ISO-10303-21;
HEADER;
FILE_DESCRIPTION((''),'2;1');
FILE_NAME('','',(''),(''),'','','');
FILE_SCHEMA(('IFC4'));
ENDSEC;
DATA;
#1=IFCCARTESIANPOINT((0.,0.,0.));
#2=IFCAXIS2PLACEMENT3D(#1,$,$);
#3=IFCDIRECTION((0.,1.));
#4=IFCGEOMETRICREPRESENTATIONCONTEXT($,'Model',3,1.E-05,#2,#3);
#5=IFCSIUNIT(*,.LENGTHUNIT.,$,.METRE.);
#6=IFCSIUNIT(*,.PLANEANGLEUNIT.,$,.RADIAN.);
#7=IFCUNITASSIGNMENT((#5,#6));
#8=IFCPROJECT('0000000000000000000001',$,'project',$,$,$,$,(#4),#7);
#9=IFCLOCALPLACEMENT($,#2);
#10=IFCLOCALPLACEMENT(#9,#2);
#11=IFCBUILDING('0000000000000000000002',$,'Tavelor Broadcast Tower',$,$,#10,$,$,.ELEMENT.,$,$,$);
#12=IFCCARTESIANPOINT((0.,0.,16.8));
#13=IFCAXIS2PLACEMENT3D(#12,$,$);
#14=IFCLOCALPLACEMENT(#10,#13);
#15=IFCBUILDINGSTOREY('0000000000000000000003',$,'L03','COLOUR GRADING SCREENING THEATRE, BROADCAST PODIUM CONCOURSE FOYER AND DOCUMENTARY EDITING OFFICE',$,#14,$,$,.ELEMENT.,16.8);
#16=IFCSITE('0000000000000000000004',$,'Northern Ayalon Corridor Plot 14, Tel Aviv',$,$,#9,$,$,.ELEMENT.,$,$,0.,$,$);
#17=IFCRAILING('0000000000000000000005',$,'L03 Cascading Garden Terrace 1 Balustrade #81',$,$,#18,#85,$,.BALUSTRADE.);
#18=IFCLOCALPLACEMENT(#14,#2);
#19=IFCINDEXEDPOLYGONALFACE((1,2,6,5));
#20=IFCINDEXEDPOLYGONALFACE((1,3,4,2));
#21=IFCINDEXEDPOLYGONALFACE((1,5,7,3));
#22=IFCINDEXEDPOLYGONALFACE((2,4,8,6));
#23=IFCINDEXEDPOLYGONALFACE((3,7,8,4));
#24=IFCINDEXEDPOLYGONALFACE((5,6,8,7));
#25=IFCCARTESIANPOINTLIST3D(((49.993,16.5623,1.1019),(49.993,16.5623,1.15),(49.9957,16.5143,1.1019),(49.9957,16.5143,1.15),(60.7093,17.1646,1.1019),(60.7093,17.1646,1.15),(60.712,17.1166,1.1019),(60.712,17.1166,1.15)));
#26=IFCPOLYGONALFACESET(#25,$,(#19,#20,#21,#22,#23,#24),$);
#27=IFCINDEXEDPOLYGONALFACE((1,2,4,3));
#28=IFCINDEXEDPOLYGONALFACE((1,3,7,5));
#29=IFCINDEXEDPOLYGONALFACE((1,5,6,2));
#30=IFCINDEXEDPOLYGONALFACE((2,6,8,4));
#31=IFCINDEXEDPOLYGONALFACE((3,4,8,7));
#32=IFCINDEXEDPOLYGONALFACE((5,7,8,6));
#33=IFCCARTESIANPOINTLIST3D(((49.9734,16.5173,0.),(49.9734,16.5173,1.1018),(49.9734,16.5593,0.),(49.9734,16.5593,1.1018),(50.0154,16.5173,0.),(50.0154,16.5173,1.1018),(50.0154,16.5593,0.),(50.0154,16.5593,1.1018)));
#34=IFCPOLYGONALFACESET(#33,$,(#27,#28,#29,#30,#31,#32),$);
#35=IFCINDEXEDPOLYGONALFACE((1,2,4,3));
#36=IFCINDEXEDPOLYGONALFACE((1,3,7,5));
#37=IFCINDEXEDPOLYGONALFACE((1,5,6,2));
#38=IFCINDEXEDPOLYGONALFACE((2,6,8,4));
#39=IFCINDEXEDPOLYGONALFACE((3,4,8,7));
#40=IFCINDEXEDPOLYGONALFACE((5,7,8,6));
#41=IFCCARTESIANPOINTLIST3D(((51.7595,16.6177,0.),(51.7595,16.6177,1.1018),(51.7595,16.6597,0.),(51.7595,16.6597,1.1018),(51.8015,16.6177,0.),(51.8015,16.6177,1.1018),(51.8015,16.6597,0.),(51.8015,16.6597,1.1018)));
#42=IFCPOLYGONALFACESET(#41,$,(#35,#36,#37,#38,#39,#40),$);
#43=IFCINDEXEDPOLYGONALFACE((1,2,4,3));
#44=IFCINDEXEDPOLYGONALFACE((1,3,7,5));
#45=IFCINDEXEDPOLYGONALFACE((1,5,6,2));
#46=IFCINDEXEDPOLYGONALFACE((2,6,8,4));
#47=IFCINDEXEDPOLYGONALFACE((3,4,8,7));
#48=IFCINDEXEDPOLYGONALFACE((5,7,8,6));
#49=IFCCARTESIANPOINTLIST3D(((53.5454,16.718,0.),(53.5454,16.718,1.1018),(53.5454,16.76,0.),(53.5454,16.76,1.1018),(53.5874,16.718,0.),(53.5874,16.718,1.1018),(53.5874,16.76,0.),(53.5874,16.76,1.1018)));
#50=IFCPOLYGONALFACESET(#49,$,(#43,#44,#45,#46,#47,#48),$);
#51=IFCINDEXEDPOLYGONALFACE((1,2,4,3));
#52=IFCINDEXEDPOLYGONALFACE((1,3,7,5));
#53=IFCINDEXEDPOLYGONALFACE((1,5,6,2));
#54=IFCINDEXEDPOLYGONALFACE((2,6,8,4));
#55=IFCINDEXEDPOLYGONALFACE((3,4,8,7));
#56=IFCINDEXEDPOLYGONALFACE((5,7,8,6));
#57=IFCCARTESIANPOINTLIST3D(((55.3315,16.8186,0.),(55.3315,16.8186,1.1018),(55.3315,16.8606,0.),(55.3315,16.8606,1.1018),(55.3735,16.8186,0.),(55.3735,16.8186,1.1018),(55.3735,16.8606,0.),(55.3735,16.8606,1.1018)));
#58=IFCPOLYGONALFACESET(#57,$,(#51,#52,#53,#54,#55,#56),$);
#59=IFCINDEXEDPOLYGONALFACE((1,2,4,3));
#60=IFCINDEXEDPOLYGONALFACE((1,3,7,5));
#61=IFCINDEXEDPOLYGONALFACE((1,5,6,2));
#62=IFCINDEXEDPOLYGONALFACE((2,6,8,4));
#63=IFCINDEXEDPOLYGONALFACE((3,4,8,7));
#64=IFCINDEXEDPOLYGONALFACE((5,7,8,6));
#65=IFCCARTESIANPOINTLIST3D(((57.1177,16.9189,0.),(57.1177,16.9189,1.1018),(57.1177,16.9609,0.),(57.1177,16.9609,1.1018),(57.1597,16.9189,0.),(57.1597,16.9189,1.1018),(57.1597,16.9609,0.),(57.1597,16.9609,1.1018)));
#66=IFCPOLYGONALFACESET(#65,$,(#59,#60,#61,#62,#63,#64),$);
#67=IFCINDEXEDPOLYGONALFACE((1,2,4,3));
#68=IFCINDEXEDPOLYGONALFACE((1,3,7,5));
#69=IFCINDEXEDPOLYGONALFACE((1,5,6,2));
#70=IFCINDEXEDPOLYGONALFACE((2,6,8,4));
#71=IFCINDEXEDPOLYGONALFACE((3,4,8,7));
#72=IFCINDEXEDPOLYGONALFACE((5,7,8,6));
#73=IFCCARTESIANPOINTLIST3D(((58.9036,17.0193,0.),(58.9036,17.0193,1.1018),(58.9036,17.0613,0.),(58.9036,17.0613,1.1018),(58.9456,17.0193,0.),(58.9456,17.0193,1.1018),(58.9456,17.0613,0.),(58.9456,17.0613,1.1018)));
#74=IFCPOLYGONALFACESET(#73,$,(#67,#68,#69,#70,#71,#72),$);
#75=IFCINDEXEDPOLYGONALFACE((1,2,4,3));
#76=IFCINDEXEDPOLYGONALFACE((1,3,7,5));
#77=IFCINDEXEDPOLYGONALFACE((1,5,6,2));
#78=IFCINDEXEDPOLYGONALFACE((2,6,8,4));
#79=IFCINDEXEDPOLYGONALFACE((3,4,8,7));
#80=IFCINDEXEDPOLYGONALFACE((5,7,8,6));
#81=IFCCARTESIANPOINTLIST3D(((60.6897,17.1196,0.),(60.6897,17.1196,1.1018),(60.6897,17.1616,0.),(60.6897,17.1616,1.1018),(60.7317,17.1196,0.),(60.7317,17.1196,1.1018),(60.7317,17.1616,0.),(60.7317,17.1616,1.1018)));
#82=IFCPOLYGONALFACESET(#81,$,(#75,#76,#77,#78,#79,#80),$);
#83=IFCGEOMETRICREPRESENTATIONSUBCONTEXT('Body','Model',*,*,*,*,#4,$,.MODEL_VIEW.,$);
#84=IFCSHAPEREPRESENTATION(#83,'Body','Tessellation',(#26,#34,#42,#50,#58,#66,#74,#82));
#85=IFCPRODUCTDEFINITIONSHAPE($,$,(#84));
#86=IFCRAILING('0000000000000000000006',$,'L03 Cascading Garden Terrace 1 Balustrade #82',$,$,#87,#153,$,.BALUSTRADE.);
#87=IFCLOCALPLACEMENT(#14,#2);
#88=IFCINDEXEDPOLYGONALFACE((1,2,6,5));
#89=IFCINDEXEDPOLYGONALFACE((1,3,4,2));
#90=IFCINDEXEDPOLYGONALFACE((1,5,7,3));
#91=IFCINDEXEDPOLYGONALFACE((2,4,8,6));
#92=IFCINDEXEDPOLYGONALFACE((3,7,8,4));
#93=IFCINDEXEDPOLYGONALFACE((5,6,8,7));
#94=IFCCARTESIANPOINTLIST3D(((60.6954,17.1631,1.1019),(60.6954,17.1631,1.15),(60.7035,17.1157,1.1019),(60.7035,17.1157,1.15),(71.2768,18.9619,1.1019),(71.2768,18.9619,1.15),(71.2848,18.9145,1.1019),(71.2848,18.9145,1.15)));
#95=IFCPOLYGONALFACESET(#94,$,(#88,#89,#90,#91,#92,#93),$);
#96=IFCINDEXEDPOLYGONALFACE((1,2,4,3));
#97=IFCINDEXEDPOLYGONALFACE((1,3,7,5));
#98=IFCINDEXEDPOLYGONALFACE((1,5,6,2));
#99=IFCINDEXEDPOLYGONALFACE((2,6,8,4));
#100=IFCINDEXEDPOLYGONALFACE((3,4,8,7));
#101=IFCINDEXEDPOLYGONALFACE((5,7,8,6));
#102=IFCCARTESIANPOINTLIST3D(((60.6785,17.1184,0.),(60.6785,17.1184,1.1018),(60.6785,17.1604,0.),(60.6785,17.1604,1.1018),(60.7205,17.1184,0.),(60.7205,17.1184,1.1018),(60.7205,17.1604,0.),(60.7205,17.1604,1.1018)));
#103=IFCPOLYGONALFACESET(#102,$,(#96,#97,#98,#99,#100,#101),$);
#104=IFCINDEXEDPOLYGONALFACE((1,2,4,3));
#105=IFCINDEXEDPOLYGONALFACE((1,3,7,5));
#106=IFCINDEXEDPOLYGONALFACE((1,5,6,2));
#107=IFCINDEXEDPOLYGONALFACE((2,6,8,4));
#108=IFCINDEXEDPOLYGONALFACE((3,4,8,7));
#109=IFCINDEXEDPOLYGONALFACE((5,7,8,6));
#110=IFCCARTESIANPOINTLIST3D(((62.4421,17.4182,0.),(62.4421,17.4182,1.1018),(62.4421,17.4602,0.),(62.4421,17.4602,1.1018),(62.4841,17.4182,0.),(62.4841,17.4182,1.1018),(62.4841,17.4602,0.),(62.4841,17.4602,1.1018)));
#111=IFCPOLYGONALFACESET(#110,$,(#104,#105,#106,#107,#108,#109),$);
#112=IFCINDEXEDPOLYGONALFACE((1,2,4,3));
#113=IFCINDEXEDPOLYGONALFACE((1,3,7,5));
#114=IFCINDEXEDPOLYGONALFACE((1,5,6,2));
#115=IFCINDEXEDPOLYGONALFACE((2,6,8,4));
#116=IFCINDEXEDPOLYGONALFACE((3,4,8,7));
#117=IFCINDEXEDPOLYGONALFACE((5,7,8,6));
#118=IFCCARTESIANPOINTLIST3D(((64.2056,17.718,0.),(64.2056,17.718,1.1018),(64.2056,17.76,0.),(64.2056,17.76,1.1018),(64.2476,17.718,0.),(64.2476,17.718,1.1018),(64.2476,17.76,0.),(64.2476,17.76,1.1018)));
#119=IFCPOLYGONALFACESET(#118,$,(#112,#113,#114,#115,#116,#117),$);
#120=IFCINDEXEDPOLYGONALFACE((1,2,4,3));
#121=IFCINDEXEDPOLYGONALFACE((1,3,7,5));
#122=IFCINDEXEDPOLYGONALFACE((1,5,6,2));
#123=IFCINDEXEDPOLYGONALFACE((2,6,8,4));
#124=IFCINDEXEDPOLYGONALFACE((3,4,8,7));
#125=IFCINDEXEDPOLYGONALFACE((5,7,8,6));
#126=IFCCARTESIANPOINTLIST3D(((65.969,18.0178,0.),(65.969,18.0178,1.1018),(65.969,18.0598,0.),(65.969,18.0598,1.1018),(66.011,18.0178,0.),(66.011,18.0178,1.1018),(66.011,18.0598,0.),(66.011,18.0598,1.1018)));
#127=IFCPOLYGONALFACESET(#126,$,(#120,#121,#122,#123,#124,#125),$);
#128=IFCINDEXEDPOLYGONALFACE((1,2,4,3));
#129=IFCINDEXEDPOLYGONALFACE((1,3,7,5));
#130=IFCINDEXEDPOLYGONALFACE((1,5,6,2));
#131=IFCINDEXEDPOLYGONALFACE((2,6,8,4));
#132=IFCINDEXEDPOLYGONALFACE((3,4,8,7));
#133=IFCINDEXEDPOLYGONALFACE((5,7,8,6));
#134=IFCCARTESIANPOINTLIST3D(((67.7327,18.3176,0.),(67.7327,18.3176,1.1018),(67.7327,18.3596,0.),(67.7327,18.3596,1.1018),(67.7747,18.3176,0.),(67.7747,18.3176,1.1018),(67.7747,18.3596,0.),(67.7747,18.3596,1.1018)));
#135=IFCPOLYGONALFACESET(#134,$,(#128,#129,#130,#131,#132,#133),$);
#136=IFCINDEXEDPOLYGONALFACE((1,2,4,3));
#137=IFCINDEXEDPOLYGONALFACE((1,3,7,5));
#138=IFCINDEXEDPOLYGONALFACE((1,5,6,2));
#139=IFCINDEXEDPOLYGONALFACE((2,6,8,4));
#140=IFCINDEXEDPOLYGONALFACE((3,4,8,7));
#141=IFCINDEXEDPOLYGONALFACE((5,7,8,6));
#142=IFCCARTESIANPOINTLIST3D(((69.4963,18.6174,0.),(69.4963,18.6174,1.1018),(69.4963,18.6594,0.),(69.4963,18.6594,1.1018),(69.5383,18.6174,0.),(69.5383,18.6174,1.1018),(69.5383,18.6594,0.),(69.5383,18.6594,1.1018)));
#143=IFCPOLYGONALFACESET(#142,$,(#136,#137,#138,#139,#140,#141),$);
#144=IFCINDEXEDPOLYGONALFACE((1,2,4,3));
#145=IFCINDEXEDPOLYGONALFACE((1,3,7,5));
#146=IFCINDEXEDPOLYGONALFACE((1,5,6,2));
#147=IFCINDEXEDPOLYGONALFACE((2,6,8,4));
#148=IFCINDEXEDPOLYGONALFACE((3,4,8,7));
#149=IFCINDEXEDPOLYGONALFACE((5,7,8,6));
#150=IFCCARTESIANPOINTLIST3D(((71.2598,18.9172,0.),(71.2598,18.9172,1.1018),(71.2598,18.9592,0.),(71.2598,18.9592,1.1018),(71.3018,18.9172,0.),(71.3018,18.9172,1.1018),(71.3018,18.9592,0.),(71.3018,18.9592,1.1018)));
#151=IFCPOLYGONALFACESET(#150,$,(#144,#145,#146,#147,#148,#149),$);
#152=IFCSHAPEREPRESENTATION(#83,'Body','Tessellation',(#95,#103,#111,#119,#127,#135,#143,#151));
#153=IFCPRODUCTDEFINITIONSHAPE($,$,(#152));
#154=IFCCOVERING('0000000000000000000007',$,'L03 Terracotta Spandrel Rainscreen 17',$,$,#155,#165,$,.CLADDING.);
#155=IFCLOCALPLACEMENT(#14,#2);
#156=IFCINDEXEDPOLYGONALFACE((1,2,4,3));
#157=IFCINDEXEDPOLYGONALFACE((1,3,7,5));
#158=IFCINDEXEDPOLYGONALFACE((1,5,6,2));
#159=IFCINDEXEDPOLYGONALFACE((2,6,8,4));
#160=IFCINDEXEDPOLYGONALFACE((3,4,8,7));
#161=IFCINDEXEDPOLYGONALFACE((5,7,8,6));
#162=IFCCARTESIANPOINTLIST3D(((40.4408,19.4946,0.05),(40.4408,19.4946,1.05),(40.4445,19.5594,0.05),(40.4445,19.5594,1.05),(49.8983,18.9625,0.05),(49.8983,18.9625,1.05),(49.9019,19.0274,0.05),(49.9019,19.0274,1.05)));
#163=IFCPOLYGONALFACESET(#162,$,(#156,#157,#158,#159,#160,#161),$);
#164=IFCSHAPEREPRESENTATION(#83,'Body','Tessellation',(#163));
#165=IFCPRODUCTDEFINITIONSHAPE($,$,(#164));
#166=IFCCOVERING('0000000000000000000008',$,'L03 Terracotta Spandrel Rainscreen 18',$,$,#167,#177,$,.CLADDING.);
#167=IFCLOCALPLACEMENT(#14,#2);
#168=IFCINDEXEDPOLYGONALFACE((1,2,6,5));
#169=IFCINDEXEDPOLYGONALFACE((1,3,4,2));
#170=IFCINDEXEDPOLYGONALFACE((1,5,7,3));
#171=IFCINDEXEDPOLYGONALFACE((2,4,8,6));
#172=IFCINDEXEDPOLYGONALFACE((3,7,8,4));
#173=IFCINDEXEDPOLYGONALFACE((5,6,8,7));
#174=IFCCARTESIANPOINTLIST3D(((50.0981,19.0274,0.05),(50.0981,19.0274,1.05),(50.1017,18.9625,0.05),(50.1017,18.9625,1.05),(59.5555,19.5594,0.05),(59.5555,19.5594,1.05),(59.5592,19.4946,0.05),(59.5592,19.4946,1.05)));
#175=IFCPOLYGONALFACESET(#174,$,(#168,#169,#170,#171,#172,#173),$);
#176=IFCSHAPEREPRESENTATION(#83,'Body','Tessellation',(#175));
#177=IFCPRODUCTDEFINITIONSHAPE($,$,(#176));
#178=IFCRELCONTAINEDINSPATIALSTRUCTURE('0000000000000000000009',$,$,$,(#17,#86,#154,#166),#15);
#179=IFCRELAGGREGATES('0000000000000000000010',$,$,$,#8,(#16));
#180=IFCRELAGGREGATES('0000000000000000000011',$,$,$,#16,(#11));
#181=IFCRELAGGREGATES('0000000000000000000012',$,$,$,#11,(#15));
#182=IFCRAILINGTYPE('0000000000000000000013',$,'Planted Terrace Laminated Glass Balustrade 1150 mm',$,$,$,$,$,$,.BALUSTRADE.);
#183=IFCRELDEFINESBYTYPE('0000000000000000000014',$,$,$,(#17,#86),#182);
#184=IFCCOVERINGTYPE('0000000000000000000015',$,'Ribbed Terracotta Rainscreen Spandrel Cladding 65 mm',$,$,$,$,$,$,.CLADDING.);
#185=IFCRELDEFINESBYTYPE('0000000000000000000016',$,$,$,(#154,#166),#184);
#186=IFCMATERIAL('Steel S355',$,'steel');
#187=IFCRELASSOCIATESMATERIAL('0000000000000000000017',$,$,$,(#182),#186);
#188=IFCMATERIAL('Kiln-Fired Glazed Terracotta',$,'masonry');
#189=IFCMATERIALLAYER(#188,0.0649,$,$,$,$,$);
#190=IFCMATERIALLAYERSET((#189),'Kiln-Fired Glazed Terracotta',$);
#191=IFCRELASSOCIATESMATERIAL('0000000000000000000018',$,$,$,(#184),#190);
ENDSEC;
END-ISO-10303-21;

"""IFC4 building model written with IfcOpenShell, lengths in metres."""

from ifc_helpers import new_model, si_unit, direction, frame, origin, origin_2d, place, context, subcontext, project, spatial, rectangle, extrude, material, layer, layer_set, type_object, element, save


model = new_model("IFC4")

# Units and contexts
model_context = context("Model", 3, precision=1e-05, world=origin(), true_north=direction((0.0, 1.0)))
body_context = subcontext(model_context, "Body", "Model", "MODEL_VIEW")
ifc_project = project(units=[si_unit("LENGTHUNIT", "METRE"), si_unit("PLANEANGLEUNIT", "RADIAN")], contexts=[model_context])

# Site, building, storey
site_placement = place(None, origin())
site = spatial("IfcSite", under=ifc_project, at=site_placement, Name="Northern Ayalon Corridor Plot 14, Tel Aviv", CompositionType="ELEMENT", RefElevation=0.0)
building_placement = place(site_placement, origin())
building = spatial("IfcBuilding", under=site, at=building_placement, Name="Tavelor Broadcast Tower", CompositionType="ELEMENT")
storey_placement = place(building_placement, frame((0.0, 0.0, 16.8)))
storey = spatial("IfcBuildingStorey", under=building, at=storey_placement, Name="L03", Description="COLOUR GRADING SCREENING THEATRE, BROADCAST PODIUM CONCOURSE FOYER AND DOCUMENTARY EDITING OFFICE", CompositionType="ELEMENT", Elevation=16.8)

# Shared definitions
ifc_material_1 = material(Name="Steel S355", Category="steel")

# Railings
railing_type_1 = type_object("IfcRailingType", Name="Planted Terrace Laminated Glass Balustrade 1150 mm", PredefinedType="BALUSTRADE", material=ifc_material_1)
railing_1_placement = place(storey_placement, frame((49.9944, 16.5383, 0.0)))
element("IfcRailing", 1, at=railing_1_placement, inside=storey, type_object=railing_type_1, Name="L03 Cascading Garden Terrace 1 Balustrade #81", PredefinedType="BALUSTRADE", context=body_context, shape_type="SweptSolid", body=[
    extrude(rectangle(XDim=0.0481, YDim=0.0481, at=origin_2d()), frame((0.0, 0.0, 1.126), z_axis=(0.998424, 0.056115, 0.0), x_axis=(-0.056115, 0.998424, 0.0)), (0.0, 0.0, 1.0), 10.7332),
    extrude(rectangle(XDim=0.042, YDim=0.042, at=origin_2d()), origin(), (0.0, 0.0, 1.0), 1.1018),
    extrude(rectangle(XDim=0.042, YDim=0.042, at=origin_2d()), frame((1.7861, 0.1003, 0.0)), (0.0, 0.0, 1.0), 1.1018),
    extrude(rectangle(XDim=0.042, YDim=0.042, at=origin_2d()), frame((3.572, 0.2007, 0.0)), (0.0, 0.0, 1.0), 1.1018),
    extrude(rectangle(XDim=0.042, YDim=0.042, at=origin_2d()), frame((5.3582, 0.3013, 0.0)), (0.0, 0.0, 1.0), 1.1018),
    extrude(rectangle(XDim=0.042, YDim=0.042, at=origin_2d()), frame((7.1443, 0.4016, 0.0)), (0.0, 0.0, 1.0), 1.1018),
    extrude(rectangle(XDim=0.042, YDim=0.042, at=origin_2d()), frame((8.9302, 0.502, 0.0)), (0.0, 0.0, 1.0), 1.1018),
    extrude(rectangle(XDim=0.042, YDim=0.042, at=origin_2d()), frame((10.7163, 0.6023, 0.0)), (0.0, 0.0, 1.0), 1.1018),
])
railing_2_placement = place(storey_placement, frame((60.6995, 17.1394, 0.0)))
element("IfcRailing", 2, at=railing_2_placement, inside=storey, type_object=railing_type_1, Name="L03 Cascading Garden Terrace 1 Balustrade #82", PredefinedType="BALUSTRADE", context=body_context, shape_type="SweptSolid", body=[
    extrude(rectangle(XDim=0.0481, YDim=0.0481, at=origin_2d()), frame((0.0, 0.0, 1.126), z_axis=(0.985856, 0.167596, 0.0), x_axis=(-0.167596, 0.985856, 0.0)), (0.0, 0.0, 1.0), 10.7332),
    extrude(rectangle(XDim=0.042, YDim=0.042, at=origin_2d()), origin(), (0.0, 0.0, 1.0), 1.1018),
    extrude(rectangle(XDim=0.042, YDim=0.042, at=origin_2d()), frame((1.7637, 0.2998, 0.0)), (0.0, 0.0, 1.0), 1.1018),
    extrude(rectangle(XDim=0.042, YDim=0.042, at=origin_2d()), frame((3.5271, 0.5996, 0.0)), (0.0, 0.0, 1.0), 1.1018),
    extrude(rectangle(XDim=0.042, YDim=0.042, at=origin_2d()), frame((5.2905, 0.8994, 0.0)), (0.0, 0.0, 1.0), 1.1018),
    extrude(rectangle(XDim=0.042, YDim=0.042, at=origin_2d()), frame((7.0542, 1.1992, 0.0)), (0.0, 0.0, 1.0), 1.1018),
    extrude(rectangle(XDim=0.042, YDim=0.042, at=origin_2d()), frame((8.8179, 1.499, 0.0)), (0.0, 0.0, 1.0), 1.1018),
    extrude(rectangle(XDim=0.042, YDim=0.042, at=origin_2d()), frame((10.5813, 1.7988, 0.0)), (0.0, 0.0, 1.0), 1.1018),
])

# Coverings
ifc_material_2 = material(Name="Kiln-Fired Glazed Terracotta", Category="masonry")
ifc_layer_1 = layer(ifc_material_2, 0.0649)
ifc_layer_set_1 = layer_set([ifc_layer_1], Name="Kiln-Fired Glazed Terracotta")
covering_type = type_object("IfcCoveringType", Name="Ribbed Terracotta Rainscreen Spandrel Cladding 65 mm", PredefinedType="CLADDING", material=ifc_layer_set_1)
for number, where, z_axis, x_axis, name in (
    (3, (45.1714, 19.261, 0.05), (0.0, 0.0, 1.0), (0.998421, -0.05617, 0.0), "L03 Terracotta Spandrel Rainscreen 17"),
    (4, (54.8286, 19.261, 0.05), (0.0, 0.0, 1.0), (0.998421, 0.05617, 0.0), "L03 Terracotta Spandrel Rainscreen 18"),
):
    element("IfcCovering", number, at=place(storey_placement, frame(where, z_axis=z_axis, x_axis=x_axis)), inside=storey, type_object=covering_type, Name=name, PredefinedType="CLADDING", context=body_context, shape_type="SweptSolid", body=[
        extrude(rectangle(XDim=9.4724, YDim=0.0649, at=origin_2d()), origin(), (0.0, 0.0, 1.0), 1.0),
    ])

save(model, "model.ifc")
